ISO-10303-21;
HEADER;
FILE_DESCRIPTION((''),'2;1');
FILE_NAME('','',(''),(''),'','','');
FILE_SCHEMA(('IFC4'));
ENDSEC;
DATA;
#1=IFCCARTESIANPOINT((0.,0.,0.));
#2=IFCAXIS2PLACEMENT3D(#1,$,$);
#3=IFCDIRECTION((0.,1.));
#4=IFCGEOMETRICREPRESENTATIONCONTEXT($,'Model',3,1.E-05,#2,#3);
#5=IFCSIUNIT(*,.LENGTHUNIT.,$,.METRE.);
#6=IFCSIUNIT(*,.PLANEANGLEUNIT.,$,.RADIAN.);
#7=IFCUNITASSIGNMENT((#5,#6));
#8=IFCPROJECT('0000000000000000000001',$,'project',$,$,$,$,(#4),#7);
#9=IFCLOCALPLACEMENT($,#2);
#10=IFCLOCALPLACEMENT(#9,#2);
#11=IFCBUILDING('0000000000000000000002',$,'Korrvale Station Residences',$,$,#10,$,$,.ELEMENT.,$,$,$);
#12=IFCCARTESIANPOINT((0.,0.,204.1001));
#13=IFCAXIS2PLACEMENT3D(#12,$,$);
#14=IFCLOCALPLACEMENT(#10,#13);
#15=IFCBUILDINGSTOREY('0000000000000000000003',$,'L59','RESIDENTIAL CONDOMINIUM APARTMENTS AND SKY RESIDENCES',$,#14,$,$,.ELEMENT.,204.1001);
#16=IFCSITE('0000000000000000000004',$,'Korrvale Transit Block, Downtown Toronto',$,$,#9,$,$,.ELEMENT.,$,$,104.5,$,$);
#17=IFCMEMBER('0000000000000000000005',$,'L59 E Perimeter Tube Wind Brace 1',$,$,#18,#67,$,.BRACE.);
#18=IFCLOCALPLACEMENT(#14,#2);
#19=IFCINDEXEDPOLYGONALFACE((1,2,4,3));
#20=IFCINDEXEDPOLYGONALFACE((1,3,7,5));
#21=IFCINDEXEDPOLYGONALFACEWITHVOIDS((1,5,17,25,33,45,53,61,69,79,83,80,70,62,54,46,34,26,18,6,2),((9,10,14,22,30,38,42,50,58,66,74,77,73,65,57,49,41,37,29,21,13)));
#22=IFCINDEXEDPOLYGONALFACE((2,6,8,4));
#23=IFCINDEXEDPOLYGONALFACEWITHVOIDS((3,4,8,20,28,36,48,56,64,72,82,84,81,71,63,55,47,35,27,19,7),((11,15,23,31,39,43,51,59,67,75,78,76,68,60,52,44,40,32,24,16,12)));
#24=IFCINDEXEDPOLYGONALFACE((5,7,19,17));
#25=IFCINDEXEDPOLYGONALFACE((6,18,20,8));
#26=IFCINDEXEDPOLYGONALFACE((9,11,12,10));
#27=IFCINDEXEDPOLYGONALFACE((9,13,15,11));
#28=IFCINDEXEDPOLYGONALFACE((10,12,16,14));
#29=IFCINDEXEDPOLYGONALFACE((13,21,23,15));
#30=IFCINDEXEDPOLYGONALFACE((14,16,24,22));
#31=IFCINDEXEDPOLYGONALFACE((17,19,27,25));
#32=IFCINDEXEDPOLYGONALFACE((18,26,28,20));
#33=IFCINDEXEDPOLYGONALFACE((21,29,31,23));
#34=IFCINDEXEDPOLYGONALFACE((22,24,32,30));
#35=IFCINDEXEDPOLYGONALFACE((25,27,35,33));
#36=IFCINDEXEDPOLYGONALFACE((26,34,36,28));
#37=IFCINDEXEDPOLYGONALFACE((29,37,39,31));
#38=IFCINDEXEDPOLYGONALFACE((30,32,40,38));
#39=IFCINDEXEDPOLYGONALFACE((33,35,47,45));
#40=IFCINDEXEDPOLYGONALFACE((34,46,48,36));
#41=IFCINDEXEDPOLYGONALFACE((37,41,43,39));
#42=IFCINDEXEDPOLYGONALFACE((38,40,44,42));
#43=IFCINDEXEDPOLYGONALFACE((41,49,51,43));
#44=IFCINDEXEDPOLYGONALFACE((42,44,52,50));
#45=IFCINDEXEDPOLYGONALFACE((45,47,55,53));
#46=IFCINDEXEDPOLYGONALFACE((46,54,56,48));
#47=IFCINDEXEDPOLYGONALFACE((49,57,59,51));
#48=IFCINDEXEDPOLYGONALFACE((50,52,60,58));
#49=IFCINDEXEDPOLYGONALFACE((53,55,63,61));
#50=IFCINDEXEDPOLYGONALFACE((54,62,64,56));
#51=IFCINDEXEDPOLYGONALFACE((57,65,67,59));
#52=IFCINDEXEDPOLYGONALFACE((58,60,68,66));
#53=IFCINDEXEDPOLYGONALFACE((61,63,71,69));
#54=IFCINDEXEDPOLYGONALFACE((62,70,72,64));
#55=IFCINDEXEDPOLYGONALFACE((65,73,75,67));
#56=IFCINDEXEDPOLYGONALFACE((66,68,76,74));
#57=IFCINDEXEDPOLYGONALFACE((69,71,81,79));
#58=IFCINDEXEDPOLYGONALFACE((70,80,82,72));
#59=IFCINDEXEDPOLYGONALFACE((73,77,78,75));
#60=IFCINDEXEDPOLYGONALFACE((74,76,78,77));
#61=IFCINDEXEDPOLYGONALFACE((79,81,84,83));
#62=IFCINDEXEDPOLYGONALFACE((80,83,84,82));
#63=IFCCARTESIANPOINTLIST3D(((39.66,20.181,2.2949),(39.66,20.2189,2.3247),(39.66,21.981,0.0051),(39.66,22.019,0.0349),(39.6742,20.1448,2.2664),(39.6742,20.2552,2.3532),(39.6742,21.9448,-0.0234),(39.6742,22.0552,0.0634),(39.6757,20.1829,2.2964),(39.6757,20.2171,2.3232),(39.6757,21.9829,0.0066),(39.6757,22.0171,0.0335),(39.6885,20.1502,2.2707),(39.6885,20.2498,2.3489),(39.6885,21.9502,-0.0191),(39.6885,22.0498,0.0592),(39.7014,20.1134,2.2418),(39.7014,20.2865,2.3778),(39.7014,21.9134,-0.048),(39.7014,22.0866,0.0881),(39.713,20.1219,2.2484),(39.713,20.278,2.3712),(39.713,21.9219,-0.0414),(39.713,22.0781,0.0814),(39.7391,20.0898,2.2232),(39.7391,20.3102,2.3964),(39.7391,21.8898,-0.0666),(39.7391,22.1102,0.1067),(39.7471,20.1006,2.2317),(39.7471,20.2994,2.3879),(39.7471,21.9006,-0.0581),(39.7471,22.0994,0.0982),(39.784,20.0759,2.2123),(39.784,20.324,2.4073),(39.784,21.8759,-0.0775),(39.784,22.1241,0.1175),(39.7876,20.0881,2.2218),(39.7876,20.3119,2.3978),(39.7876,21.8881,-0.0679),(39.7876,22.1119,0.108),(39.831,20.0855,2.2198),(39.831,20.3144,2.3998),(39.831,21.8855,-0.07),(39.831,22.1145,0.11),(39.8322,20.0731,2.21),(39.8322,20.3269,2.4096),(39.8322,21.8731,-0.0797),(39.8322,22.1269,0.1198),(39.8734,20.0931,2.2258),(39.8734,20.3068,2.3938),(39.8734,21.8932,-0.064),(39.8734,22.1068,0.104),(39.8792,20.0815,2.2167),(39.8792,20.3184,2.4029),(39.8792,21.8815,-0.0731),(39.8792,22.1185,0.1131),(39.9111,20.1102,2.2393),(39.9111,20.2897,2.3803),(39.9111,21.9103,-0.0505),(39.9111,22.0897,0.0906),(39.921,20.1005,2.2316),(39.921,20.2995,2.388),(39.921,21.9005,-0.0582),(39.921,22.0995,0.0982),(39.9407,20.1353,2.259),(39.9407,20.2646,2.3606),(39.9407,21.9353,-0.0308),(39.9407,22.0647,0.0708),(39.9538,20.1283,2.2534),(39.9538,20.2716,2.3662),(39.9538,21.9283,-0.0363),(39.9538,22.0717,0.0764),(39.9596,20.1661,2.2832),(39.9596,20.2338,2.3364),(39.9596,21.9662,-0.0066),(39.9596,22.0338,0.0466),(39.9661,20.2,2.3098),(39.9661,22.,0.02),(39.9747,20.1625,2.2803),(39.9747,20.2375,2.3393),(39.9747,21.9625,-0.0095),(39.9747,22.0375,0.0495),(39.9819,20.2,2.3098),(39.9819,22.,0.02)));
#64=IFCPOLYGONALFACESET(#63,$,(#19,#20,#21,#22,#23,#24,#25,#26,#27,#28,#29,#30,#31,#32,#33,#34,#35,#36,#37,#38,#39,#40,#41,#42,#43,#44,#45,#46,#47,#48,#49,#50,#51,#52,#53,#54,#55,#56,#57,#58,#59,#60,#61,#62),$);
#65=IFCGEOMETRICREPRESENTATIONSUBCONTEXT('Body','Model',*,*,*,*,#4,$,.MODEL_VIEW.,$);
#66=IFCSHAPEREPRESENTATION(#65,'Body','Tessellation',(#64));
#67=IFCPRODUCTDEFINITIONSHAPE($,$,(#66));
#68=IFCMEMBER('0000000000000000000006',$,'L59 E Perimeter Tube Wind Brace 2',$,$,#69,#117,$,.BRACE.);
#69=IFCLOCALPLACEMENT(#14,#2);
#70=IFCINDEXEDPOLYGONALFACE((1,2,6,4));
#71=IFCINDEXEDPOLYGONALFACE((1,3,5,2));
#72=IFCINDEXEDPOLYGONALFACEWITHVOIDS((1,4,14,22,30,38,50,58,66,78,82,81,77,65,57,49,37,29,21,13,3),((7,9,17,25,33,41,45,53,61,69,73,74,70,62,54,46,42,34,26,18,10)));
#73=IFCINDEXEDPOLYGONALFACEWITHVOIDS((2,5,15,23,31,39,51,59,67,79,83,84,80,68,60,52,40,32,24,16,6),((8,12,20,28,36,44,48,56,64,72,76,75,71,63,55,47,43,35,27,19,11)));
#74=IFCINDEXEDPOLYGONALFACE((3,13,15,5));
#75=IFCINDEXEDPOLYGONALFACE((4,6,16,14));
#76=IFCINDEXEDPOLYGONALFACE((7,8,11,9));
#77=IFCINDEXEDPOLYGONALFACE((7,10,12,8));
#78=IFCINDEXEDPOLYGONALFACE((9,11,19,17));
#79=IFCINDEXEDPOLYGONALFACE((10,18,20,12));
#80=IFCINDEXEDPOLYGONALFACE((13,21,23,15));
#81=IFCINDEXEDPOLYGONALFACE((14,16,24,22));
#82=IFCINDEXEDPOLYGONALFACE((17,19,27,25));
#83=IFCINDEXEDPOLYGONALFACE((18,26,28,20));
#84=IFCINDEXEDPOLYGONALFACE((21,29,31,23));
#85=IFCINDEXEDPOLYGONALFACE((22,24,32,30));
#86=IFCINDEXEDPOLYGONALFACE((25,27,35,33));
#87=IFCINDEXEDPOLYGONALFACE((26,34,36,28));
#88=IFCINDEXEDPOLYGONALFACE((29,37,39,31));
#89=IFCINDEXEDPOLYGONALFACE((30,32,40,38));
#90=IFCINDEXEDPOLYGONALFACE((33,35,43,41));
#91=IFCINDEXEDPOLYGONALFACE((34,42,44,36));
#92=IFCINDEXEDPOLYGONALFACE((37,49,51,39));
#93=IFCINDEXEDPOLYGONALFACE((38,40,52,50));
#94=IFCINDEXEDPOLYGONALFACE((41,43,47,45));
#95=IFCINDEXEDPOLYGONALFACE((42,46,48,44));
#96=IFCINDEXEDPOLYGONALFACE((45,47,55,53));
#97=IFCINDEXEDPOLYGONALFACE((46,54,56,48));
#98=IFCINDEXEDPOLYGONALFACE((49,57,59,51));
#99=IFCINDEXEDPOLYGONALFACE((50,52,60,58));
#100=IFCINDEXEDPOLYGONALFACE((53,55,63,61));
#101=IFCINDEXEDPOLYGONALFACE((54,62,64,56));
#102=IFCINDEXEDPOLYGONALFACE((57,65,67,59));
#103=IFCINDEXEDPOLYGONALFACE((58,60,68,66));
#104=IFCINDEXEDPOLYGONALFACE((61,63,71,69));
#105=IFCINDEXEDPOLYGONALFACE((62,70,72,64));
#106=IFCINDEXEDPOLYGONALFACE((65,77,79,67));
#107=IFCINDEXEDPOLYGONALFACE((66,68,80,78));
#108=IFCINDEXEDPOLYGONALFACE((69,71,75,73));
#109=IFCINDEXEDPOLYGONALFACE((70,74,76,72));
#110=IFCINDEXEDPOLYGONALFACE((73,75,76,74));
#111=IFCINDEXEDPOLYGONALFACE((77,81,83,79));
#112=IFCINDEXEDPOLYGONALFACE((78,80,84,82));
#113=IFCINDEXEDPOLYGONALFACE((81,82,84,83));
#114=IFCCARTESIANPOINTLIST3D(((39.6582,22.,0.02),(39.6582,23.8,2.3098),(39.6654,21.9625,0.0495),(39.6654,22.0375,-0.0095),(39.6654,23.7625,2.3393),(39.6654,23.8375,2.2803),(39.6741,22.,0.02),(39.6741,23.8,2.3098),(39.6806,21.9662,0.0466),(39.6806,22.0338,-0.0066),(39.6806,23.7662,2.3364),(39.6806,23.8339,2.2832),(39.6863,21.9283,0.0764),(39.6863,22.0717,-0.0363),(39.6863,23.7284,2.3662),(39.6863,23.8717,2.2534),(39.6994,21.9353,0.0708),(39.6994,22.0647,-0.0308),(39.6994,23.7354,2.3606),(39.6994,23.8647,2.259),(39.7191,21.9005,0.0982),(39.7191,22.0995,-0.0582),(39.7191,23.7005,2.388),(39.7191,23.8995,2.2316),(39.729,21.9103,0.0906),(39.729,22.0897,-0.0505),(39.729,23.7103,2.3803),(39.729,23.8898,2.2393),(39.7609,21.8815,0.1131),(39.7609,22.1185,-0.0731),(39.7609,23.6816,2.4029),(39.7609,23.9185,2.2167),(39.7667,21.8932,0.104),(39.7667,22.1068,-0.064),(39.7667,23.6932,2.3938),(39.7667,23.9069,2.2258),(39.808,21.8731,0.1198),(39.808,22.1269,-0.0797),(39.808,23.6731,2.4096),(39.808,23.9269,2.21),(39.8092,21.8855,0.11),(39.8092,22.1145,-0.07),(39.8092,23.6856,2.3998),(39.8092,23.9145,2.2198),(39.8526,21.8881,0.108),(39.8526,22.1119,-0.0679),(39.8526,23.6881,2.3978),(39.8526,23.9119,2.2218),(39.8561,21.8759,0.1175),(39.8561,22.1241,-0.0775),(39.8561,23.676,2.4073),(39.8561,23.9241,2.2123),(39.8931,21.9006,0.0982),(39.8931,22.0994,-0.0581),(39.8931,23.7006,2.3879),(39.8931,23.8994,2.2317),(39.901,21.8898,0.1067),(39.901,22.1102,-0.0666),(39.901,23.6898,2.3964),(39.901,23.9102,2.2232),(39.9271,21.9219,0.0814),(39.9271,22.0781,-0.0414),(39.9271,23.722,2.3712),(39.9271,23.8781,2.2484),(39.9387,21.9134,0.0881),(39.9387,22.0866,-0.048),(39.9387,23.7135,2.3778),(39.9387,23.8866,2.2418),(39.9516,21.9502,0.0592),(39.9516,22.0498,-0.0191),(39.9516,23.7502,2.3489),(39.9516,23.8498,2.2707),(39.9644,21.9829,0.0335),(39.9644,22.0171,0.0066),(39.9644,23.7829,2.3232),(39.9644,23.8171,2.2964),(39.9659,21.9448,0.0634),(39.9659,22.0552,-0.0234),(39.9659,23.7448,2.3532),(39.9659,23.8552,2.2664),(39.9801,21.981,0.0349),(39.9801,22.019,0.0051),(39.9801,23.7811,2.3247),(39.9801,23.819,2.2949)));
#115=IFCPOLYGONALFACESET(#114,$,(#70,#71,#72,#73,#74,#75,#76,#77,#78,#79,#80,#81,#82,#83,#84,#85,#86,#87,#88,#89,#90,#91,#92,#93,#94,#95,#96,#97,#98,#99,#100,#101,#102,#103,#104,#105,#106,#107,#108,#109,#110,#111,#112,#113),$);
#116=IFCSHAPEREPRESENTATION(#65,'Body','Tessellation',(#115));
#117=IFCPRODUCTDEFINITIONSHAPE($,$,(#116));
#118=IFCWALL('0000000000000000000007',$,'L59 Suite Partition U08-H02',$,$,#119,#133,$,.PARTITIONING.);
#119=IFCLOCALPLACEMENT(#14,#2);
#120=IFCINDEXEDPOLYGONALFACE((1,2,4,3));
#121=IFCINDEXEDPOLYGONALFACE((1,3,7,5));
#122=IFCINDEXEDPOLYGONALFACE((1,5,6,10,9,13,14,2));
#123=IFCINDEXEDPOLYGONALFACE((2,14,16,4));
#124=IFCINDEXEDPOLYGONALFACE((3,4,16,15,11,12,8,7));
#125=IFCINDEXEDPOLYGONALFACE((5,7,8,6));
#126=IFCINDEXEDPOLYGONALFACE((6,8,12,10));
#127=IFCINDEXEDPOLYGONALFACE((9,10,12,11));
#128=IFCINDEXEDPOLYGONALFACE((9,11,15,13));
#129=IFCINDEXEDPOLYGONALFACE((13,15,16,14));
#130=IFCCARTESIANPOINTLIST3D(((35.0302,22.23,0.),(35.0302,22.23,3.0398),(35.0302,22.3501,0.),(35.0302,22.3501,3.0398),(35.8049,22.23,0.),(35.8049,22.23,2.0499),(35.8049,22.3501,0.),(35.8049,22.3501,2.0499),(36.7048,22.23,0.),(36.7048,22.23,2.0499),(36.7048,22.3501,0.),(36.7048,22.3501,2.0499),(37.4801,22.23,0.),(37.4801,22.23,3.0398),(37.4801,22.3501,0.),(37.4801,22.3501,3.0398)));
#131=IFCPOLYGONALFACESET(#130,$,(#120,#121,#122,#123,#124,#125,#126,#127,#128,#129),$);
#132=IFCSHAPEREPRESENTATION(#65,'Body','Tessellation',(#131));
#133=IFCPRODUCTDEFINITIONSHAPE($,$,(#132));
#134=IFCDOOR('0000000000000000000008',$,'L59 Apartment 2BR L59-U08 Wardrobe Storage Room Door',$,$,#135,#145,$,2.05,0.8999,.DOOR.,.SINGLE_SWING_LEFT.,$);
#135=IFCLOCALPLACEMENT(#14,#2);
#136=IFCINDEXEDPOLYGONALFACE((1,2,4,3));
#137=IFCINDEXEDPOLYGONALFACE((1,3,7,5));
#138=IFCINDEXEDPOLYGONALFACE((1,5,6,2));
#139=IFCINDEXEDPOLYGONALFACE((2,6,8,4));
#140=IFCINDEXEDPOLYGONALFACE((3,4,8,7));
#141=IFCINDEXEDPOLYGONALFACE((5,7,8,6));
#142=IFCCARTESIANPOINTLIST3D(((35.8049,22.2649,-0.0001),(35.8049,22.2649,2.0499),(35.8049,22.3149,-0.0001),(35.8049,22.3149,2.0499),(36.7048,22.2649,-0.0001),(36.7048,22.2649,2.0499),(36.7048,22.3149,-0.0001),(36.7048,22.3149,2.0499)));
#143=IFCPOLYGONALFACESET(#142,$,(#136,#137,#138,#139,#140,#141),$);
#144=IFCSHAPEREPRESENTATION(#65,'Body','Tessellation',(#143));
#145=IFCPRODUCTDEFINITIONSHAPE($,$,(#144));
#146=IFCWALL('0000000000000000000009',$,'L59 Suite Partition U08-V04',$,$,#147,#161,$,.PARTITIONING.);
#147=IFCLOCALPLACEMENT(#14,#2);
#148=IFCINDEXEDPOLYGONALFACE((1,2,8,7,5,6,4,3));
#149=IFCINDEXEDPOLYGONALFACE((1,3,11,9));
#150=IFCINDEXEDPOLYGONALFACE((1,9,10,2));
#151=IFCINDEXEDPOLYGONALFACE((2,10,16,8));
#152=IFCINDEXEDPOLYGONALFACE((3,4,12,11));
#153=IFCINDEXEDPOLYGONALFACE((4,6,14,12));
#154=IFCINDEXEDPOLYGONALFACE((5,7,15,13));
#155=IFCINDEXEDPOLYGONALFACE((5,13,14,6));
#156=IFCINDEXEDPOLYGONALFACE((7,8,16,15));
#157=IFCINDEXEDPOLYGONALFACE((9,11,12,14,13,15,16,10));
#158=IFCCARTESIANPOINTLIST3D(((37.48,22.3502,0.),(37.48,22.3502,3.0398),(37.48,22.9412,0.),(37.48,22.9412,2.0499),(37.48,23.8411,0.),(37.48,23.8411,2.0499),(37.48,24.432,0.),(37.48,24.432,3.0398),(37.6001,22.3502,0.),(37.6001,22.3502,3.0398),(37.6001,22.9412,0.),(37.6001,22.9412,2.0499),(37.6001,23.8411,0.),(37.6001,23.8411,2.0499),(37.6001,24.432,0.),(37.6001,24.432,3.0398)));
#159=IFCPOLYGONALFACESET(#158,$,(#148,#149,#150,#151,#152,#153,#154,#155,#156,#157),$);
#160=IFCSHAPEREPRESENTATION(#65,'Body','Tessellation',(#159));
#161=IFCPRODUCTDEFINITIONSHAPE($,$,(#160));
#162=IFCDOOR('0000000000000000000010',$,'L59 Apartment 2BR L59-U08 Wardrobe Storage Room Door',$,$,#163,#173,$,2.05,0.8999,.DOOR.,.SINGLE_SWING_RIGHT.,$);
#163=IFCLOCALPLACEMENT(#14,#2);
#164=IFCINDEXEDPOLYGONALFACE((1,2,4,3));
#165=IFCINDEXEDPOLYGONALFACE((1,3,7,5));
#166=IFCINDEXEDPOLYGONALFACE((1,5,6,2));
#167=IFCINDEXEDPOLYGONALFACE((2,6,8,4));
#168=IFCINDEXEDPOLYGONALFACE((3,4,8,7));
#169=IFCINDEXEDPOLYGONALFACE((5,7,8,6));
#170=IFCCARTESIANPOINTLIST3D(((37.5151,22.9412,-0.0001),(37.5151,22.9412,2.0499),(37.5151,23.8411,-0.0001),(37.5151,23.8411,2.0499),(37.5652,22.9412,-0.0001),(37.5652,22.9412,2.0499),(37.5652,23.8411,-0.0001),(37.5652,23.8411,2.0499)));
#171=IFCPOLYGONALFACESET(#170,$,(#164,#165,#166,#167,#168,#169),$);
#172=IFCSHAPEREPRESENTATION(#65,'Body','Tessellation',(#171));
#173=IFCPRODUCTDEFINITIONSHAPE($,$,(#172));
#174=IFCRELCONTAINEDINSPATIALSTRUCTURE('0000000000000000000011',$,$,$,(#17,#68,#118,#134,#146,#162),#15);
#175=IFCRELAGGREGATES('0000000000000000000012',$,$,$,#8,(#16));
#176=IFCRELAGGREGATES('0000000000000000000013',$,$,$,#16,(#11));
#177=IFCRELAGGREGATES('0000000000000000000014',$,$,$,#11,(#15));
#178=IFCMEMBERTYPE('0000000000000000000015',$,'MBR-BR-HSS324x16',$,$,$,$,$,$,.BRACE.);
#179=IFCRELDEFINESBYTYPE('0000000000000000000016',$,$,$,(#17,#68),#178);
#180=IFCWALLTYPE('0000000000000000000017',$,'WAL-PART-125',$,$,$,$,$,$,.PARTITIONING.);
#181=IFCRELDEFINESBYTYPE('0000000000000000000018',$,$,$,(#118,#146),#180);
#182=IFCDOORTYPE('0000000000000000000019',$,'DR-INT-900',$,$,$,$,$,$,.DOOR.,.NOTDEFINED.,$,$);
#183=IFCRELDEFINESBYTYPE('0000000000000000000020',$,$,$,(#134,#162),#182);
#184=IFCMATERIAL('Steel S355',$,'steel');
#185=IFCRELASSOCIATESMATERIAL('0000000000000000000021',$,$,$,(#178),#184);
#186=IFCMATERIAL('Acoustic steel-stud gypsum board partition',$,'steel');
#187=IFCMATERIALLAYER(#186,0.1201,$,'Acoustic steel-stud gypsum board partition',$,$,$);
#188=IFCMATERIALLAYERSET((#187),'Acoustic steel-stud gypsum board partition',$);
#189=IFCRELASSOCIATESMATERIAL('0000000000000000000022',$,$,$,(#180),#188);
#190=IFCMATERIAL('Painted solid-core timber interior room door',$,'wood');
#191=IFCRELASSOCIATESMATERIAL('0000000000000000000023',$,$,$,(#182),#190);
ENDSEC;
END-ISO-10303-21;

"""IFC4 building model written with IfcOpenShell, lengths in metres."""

from ifc_helpers import new_model, si_unit, direction, frame, frame_2d, origin, origin_2d, place, context, subcontext, project, spatial, rectangle, hollow_circle, extrude, material, layer, layer_set, material_profile, profile_set, type_object, element, fill, save


model = new_model("IFC4")

# Units and contexts
model_context = context("Model", 3, precision=1e-05, world=origin(), true_north=direction((0.0, 1.0)))
body_context = subcontext(model_context, "Body", "Model", "MODEL_VIEW")
ifc_project = project(units=[si_unit("LENGTHUNIT", "METRE"), si_unit("PLANEANGLEUNIT", "RADIAN")], contexts=[model_context])

# Site, building, storey
site_placement = place(None, origin())
site = spatial("IfcSite", under=ifc_project, at=site_placement, Name="Korrvale Transit Block, Downtown Toronto", CompositionType="ELEMENT", RefElevation=104.5)
building_placement = place(site_placement, origin())
building = spatial("IfcBuilding", under=site, at=building_placement, Name="Korrvale Station Residences", CompositionType="ELEMENT")
storey_placement = place(building_placement, frame((0.0, 0.0, 204.1001)))
storey = spatial("IfcBuildingStorey", under=building, at=storey_placement, Name="L59", Description="RESIDENTIAL CONDOMINIUM APARTMENTS AND SKY RESIDENCES", CompositionType="ELEMENT", Elevation=204.1001)

# Shared definitions
ifc_material_1 = material(Name="Steel S355", Category="steel")

# Members
ifc_material_profile_1 = material_profile(ifc_material_1, hollow_circle(Radius=0.1619, WallThickness=0.0159, at=origin_2d()), Name="HSS324x16")
ifc_profile_set_1 = profile_set([ifc_material_profile_1], Name="Steel S355")
member_type = type_object("IfcMemberType", Name="MBR-BR-HSS324x16", PredefinedType="BRACE", material=ifc_profile_set_1)
for number, where, z_axis, x_axis, name in (
    (1, (39.8201, 22.0, 0.02), (0.0, -0.618018, 0.786164), (1.0, 0.0, 0.0), "L59 E Perimeter Tube Wind Brace 1"),
    (2, (39.8201, 22.0, 0.02), (0.0, 0.618018, 0.786164), (-1.0, 0.0, 0.0), "L59 E Perimeter Tube Wind Brace 2"),
):
    element("IfcMember", number, at=place(storey_placement, frame(where, z_axis=z_axis, x_axis=x_axis)), inside=storey, type_object=member_type, Name=name, PredefinedType="BRACE", context=body_context, shape_type="SweptSolid", body=[
        extrude(hollow_circle(Radius=0.1619, WallThickness=0.0159, at=origin_2d()), origin(), (0.0, 0.0, 1.0), 2.9126),
    ])

# Walls, openings, doors
ifc_material_2 = material(Name="Acoustic steel-stud gypsum board partition", Category="steel")
ifc_layer_1 = layer(ifc_material_2, 0.1201, Name="Acoustic steel-stud gypsum board partition")
ifc_layer_set_1 = layer_set([ifc_layer_1], Name="Acoustic steel-stud gypsum board partition")
wall_type_1 = type_object("IfcWallType", Name="WAL-PART-125", PredefinedType="PARTITIONING", material=ifc_layer_set_1)
wall_1_placement = place(storey_placement, frame((35.03, 22.29, 0.0), z_axis=(0.0, 0.0, 1.0), x_axis=(1.0, 0.0, 0.0)))
wall_1 = element("IfcWall", 3, at=wall_1_placement, inside=storey, type_object=wall_type_1, Name="L59 Suite Partition U08-H02", PredefinedType="PARTITIONING", context=body_context, shape_type="SweptSolid", body=[
    extrude(rectangle(XDim=2.45, YDim=0.1201, at=frame_2d((1.2251, 0.0))), origin(), (0.0, 0.0, 1.0), 3.0398),
])
opening_1_placement = place(wall_1_placement, frame((0.7749, 0.0, 0.0)))
opening_1 = element("IfcOpeningElement", 4, at=opening_1_placement, cuts=wall_1, PredefinedType="OPENING", context=body_context, shape_type="SweptSolid", body=[
    extrude(rectangle(XDim=0.8999, YDim=2.05, at=frame_2d((0.45, 1.0249))), frame((0.0, 0.0701, 0.0), z_axis=(0.0, -1.0, 0.0), x_axis=(1.0, 0.0, 0.0)), (0.0, 0.0, 1.0), 0.1401),
])
ifc_material_3 = material(Name="Painted solid-core timber interior room door", Category="wood")
door_type = type_object("IfcDoorType", Name="DR-INT-900", OperationType="NOTDEFINED", PredefinedType="DOOR", material=ifc_material_3)
door_1_placement = place(opening_1_placement, origin())
door_1 = element("IfcDoor", 5, at=door_1_placement, inside=storey, type_object=door_type, Name="L59 Apartment 2BR L59-U08 Wardrobe Storage Room Door", OperationType="SINGLE_SWING_LEFT", OverallHeight=2.05, OverallWidth=0.8999, PredefinedType="DOOR", context=body_context, shape_type="SweptSolid", body=[
    extrude(rectangle(XDim=0.8999, YDim=2.05, at=frame_2d((0.45, 1.0249))), frame((0.0, 0.0249, 0.0), z_axis=(0.0, -1.0, 0.0), x_axis=(1.0, 0.0, 0.0)), (0.0, 0.0, 1.0), 0.05),
])
fill(opening_1, door_1)
wall_2_placement = place(storey_placement, frame((37.54, 22.3501, 0.0), z_axis=(0.0, 0.0, 1.0), x_axis=(0.0, 1.0, 0.0)))
wall_2 = element("IfcWall", 6, at=wall_2_placement, inside=storey, type_object=wall_type_1, Name="L59 Suite Partition U08-V04", PredefinedType="PARTITIONING", context=body_context, shape_type="SweptSolid", body=[
    extrude(rectangle(XDim=2.0818, YDim=0.1201, at=frame_2d((1.041, 0.0))), origin(), (0.0, 0.0, 1.0), 3.0398),
])
opening_2_placement = place(wall_2_placement, frame((0.5911, 0.0, 0.0)))
opening_2 = element("IfcOpeningElement", 7, at=opening_2_placement, cuts=wall_2, PredefinedType="OPENING", context=body_context, shape_type="SweptSolid", body=[
    extrude(rectangle(XDim=0.8999, YDim=2.05, at=frame_2d((0.45, 1.0249))), frame((0.0, 0.0701, 0.0), z_axis=(0.0, -1.0, 0.0), x_axis=(1.0, 0.0, 0.0)), (0.0, 0.0, 1.0), 0.1401),
])
door_2_placement = place(opening_2_placement, origin())
door_2 = element("IfcDoor", 8, at=door_2_placement, inside=storey, type_object=door_type, Name="L59 Apartment 2BR L59-U08 Wardrobe Storage Room Door", OperationType="SINGLE_SWING_RIGHT", OverallHeight=2.05, OverallWidth=0.8999, PredefinedType="DOOR", context=body_context, shape_type="SweptSolid", body=[
    extrude(rectangle(XDim=0.8999, YDim=2.05, at=frame_2d((0.45, 1.0249))), frame((0.0, 0.0249, 0.0), z_axis=(0.0, -1.0, 0.0), x_axis=(1.0, 0.0, 0.0)), (0.0, 0.0, 1.0), 0.05),
])
fill(opening_2, door_2)

save(model, "model.ifc")
